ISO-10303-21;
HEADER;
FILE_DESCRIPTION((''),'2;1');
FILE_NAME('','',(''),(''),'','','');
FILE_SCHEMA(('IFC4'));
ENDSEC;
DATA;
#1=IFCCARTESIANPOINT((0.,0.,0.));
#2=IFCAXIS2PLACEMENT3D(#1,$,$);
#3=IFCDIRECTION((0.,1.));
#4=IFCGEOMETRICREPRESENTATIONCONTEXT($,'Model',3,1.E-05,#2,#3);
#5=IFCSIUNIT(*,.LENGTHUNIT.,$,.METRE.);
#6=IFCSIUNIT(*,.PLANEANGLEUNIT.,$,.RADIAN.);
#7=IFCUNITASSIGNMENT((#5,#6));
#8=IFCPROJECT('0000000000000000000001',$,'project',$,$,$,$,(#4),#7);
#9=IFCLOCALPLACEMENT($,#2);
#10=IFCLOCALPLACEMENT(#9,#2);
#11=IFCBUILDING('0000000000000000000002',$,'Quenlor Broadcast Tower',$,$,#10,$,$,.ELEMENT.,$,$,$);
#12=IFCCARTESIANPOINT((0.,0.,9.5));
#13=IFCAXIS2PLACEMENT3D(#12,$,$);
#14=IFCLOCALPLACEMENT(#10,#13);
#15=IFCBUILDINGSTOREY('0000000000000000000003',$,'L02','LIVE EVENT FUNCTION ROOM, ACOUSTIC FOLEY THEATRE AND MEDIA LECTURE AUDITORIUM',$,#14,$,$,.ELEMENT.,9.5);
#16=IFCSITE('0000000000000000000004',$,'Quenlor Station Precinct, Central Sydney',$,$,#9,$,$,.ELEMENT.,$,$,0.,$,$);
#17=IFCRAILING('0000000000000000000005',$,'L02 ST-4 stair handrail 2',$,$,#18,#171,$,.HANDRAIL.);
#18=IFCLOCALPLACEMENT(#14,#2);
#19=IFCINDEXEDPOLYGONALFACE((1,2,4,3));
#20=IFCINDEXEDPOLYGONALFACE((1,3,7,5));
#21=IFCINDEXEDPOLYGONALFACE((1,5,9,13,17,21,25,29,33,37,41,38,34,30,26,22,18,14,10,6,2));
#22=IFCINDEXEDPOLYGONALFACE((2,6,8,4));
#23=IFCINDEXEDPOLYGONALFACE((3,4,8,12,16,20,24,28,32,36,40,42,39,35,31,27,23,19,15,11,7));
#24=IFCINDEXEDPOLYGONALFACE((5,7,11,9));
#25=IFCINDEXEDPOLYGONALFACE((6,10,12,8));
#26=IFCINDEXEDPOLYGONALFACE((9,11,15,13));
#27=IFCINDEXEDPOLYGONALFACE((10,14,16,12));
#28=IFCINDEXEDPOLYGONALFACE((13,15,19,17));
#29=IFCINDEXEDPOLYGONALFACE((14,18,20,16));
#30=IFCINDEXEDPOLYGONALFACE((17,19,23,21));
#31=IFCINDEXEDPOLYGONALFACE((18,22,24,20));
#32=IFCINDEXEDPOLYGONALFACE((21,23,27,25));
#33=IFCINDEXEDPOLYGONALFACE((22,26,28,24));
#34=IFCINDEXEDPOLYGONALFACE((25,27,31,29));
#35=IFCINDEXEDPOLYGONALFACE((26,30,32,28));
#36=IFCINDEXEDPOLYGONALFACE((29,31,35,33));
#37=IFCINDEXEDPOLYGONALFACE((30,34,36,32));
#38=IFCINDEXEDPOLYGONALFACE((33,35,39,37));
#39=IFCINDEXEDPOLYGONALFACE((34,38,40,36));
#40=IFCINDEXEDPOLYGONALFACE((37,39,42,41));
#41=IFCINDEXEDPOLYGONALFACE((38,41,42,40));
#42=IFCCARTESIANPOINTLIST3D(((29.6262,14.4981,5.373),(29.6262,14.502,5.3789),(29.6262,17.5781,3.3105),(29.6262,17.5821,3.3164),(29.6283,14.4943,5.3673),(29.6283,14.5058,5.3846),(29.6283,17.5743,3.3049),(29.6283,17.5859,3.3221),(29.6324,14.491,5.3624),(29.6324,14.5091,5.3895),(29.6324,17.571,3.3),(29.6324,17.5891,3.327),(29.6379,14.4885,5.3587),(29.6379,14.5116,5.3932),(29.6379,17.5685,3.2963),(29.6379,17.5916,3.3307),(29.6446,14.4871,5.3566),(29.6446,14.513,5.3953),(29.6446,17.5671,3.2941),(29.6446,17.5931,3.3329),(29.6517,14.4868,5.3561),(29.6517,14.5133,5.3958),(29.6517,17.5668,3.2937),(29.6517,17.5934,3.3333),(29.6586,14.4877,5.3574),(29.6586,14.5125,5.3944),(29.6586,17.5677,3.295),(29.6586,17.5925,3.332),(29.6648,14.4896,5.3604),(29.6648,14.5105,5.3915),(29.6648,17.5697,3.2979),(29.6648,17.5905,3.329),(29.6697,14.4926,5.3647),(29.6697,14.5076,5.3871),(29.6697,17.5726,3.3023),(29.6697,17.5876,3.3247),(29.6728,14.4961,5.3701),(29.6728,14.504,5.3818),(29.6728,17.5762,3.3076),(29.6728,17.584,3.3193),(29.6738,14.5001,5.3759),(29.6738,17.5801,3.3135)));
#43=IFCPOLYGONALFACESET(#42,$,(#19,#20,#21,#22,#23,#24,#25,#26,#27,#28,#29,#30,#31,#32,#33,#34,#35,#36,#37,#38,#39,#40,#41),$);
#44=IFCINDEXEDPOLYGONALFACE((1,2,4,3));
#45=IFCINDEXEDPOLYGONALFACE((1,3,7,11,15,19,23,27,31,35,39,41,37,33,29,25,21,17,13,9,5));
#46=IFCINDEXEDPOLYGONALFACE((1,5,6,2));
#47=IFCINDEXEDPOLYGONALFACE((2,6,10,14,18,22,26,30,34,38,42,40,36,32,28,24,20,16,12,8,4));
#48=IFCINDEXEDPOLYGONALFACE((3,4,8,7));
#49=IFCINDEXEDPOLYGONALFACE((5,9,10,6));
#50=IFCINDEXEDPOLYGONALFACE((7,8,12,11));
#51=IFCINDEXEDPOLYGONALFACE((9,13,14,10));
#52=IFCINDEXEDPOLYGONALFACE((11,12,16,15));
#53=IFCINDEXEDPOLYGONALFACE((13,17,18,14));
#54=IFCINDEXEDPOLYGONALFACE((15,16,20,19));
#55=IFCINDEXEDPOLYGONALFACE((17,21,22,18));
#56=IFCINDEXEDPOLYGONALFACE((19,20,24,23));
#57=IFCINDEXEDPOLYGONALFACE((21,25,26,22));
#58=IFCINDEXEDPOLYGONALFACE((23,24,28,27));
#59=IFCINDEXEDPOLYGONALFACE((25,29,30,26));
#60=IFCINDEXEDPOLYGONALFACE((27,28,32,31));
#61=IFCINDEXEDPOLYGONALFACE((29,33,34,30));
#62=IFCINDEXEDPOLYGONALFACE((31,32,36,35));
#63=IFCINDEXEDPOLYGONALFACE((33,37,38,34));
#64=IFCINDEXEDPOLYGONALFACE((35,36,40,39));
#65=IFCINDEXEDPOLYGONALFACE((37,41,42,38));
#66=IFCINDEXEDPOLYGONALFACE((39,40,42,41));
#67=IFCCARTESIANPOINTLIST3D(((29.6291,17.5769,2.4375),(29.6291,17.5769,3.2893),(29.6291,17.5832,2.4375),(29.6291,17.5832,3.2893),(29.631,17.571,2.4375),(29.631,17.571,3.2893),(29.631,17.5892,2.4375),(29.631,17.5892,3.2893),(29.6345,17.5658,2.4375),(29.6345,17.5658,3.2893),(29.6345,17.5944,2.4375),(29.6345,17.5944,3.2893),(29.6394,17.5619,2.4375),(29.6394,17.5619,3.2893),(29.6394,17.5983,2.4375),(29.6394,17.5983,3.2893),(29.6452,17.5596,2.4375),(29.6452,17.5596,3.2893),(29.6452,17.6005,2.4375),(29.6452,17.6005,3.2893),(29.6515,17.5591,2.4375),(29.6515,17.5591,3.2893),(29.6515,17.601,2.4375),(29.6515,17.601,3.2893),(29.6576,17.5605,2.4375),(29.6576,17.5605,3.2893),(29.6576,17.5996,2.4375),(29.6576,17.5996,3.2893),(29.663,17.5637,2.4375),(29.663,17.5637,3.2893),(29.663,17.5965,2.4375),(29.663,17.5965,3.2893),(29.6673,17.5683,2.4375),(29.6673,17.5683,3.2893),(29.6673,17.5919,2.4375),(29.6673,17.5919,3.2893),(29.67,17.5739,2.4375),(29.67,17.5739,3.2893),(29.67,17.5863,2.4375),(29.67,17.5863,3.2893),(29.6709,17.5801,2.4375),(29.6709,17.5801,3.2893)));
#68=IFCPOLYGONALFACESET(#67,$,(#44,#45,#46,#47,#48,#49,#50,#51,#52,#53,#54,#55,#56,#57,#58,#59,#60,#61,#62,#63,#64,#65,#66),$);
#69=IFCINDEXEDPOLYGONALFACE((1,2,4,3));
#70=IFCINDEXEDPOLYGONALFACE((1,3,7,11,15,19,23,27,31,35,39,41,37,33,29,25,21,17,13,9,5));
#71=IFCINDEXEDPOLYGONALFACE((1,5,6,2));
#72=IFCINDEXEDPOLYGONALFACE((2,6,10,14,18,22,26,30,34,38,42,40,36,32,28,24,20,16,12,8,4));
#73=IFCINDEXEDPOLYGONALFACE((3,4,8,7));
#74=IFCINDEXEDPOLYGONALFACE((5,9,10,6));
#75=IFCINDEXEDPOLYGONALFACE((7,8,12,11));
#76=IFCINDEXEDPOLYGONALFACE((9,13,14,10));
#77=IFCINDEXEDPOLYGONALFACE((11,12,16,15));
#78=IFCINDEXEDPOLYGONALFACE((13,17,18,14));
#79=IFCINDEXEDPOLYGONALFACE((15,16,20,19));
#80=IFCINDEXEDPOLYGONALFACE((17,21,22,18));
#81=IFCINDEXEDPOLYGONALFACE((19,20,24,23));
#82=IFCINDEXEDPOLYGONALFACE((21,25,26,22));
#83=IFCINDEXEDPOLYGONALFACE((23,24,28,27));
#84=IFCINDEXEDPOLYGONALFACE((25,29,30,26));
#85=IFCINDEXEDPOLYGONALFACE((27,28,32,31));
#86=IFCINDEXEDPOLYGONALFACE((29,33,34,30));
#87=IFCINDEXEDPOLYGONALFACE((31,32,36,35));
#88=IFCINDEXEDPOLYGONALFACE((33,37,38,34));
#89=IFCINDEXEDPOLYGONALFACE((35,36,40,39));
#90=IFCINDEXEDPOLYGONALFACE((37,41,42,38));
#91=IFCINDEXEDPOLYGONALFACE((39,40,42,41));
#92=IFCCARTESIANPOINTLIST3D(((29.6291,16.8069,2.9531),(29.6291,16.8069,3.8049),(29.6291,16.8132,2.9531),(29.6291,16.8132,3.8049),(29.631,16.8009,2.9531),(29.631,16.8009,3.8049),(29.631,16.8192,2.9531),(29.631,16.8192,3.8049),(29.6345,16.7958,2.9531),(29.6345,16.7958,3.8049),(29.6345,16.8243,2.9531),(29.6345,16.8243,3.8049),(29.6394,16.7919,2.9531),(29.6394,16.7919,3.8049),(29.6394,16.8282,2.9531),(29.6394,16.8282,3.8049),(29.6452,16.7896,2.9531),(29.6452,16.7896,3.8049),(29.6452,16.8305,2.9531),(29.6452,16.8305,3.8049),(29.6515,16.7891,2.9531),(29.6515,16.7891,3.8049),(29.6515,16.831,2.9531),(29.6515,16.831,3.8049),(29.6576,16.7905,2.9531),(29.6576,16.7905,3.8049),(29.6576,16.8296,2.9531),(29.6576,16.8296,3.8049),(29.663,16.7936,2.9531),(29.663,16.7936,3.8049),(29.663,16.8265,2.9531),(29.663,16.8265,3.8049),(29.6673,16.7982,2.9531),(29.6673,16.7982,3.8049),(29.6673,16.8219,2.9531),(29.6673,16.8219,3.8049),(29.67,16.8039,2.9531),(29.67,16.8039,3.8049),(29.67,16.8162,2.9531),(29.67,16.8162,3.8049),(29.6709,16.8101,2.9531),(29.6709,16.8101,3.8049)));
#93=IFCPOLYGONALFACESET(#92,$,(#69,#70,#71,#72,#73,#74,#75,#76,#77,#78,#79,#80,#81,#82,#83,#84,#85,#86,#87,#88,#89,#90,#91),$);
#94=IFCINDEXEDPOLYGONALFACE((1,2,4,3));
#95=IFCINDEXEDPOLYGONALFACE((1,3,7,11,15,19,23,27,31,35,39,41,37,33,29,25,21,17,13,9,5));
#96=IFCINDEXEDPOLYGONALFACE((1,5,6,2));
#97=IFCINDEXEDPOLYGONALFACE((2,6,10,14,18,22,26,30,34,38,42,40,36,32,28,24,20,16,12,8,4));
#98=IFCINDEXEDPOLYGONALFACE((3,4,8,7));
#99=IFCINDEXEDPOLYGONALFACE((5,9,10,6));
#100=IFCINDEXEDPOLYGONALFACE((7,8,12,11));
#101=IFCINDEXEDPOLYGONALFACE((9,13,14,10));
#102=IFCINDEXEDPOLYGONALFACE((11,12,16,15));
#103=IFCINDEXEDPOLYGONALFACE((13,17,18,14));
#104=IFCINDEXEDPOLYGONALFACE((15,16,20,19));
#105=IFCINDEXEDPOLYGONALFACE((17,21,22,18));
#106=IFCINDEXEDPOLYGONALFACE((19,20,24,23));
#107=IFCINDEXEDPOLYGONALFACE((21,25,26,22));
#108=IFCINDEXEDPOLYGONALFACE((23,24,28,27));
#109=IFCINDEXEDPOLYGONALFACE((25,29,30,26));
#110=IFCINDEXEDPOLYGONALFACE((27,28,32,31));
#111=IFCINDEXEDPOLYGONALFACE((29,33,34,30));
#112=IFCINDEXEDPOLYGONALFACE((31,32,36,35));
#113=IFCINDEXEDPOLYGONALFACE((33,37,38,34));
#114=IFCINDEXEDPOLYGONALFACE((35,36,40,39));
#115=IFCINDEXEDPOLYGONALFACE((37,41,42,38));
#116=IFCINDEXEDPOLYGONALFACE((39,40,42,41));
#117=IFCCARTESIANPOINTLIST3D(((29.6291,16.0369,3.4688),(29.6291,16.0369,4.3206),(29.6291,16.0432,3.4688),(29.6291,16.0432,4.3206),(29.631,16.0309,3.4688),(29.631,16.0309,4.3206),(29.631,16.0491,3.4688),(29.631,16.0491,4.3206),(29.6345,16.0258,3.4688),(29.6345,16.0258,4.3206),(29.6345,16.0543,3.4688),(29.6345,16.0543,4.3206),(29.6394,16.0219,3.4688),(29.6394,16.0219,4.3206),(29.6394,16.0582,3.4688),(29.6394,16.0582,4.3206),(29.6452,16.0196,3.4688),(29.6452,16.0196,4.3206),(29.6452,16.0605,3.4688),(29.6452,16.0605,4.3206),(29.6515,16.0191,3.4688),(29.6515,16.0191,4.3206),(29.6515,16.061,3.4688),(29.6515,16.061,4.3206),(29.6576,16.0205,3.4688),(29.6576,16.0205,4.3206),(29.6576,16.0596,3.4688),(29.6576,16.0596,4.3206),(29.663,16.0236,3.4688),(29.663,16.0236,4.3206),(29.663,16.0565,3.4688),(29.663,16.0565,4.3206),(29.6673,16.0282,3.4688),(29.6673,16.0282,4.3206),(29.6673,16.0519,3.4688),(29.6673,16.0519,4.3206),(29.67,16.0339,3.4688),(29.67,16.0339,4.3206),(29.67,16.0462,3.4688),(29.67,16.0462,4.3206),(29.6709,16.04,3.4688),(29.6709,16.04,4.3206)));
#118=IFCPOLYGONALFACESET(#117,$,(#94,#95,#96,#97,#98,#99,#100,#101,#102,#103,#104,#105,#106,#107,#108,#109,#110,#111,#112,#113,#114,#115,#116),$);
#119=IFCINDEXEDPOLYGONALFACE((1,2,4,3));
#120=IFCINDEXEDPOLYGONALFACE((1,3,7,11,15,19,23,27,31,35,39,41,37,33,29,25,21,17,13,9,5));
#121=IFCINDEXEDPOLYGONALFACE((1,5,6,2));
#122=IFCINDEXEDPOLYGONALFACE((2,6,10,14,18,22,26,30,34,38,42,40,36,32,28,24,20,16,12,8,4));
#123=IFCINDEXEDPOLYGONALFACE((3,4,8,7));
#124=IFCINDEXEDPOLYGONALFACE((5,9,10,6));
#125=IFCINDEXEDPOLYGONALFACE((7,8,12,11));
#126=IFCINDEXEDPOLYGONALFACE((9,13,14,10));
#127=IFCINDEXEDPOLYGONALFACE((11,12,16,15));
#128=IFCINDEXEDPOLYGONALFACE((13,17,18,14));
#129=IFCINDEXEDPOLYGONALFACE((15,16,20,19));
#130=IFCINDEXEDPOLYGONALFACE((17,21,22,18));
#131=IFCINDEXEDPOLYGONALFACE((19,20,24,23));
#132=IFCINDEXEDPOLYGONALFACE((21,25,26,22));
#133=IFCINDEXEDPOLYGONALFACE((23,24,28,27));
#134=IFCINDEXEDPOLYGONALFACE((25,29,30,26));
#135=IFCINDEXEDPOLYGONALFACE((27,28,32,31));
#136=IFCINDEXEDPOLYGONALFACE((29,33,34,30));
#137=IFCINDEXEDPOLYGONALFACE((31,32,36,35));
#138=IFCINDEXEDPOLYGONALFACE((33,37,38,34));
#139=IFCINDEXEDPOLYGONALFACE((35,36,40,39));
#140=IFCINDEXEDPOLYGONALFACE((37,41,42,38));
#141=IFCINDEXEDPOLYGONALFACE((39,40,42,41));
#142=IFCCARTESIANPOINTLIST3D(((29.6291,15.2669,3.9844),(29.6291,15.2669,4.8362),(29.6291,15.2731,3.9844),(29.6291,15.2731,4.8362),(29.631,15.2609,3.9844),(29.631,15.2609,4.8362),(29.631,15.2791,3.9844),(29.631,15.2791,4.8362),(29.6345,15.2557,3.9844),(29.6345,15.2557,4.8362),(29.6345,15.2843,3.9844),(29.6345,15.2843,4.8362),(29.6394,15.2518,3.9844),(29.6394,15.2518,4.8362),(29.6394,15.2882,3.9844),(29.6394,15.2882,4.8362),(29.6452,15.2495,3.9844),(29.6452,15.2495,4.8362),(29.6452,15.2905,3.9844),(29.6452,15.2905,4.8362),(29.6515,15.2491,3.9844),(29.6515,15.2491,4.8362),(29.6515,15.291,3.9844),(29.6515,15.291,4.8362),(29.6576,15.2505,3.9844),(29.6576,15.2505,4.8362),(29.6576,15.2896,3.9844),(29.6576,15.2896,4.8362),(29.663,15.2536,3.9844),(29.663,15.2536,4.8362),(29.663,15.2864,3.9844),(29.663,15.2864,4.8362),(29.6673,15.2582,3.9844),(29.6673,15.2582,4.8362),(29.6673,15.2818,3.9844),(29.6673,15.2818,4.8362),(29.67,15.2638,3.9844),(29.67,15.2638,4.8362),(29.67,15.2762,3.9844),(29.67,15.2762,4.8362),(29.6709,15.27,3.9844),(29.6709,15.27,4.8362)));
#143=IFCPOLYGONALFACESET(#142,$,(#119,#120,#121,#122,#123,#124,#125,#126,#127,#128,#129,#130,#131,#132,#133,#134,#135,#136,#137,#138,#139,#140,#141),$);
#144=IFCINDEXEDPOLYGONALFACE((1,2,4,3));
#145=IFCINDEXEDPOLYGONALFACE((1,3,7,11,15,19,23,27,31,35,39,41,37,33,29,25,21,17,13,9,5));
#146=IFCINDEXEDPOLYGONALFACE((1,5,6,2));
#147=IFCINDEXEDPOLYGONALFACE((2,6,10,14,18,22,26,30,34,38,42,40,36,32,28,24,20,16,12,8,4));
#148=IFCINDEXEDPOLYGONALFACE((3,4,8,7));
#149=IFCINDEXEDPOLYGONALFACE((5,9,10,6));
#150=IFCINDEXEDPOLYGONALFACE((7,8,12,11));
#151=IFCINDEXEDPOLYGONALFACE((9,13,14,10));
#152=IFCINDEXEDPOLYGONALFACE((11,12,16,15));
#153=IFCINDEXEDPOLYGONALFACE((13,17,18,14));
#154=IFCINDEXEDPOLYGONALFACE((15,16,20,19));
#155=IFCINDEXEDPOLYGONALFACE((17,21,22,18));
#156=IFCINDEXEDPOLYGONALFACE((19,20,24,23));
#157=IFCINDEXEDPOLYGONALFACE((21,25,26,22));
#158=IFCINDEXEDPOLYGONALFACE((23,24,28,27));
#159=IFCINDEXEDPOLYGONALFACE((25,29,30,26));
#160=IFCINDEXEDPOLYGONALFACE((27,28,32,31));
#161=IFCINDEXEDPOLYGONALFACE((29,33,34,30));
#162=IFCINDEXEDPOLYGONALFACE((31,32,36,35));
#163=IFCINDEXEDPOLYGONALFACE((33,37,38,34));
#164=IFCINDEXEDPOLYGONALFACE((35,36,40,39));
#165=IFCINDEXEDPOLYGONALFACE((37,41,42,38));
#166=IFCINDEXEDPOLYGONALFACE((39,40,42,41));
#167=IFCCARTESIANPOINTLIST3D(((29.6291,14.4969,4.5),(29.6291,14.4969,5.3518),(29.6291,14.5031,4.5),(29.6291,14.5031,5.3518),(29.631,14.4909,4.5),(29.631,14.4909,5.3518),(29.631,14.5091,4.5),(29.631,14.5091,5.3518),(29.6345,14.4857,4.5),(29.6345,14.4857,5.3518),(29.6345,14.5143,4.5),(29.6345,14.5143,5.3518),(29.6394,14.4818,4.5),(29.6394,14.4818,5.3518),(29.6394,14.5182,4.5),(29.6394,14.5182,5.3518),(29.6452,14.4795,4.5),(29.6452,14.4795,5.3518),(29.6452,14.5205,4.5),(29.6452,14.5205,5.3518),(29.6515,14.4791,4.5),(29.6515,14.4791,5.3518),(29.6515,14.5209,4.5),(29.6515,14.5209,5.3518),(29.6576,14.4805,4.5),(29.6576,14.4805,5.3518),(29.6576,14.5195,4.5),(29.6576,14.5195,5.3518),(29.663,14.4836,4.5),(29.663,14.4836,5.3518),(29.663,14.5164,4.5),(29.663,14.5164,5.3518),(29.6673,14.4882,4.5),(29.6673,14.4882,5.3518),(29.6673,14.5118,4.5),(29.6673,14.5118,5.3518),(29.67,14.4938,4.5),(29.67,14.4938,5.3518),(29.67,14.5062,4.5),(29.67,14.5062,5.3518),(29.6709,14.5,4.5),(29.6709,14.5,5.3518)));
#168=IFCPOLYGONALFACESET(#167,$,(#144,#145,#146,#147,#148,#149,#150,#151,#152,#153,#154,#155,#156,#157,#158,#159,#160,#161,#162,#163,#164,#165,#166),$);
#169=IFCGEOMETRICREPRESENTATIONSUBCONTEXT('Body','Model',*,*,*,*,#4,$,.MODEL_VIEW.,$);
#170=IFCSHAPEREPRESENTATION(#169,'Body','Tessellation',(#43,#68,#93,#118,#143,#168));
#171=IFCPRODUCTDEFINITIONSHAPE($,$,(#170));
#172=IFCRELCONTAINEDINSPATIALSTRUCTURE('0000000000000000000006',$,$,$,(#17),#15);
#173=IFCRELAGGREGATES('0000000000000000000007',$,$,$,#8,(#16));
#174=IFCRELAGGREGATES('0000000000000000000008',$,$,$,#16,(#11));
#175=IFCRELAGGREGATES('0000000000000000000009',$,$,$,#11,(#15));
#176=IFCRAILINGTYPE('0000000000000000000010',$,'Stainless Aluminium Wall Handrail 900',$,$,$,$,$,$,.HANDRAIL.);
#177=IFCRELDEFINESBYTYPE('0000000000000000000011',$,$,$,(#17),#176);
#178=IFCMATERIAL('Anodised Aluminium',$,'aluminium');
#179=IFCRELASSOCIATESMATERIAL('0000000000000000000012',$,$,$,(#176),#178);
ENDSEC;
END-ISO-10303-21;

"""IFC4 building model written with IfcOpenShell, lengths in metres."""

from ifc_helpers import new_model, si_unit, direction, frame, origin, origin_2d, place, context, subcontext, project, spatial, circle, extrude, material, type_object, element, save


model = new_model("IFC4")

# Units and contexts
model_context = context("Model", 3, precision=1e-05, world=origin(), true_north=direction((0.0, 1.0)))
body_context = subcontext(model_context, "Body", "Model", "MODEL_VIEW")
ifc_project = project(units=[si_unit("LENGTHUNIT", "METRE"), si_unit("PLANEANGLEUNIT", "RADIAN")], contexts=[model_context])

# Site, building, storey
site_placement = place(None, origin())
site = spatial("IfcSite", under=ifc_project, at=site_placement, Name="Quenlor Station Precinct, Central Sydney", CompositionType="ELEMENT", RefElevation=0.0)
building_placement = place(site_placement, origin())
building = spatial("IfcBuilding", under=site, at=building_placement, Name="Quenlor Broadcast Tower", CompositionType="ELEMENT")
storey_placement = place(building_placement, frame((0.0, 0.0, 9.5)))
storey = spatial("IfcBuildingStorey", under=building, at=storey_placement, Name="L02", Description="LIVE EVENT FUNCTION ROOM, ACOUSTIC FOLEY THEATRE AND MEDIA LECTURE AUDITORIUM", CompositionType="ELEMENT", Elevation=9.5)

# Railing
ifc_material_1 = material(Name="Anodised Aluminium", Category="aluminium")
railing_type_1 = type_object("IfcRailingType", Name="Stainless Aluminium Wall Handrail 900", PredefinedType="HANDRAIL", material=ifc_material_1)
railing_1_placement = place(storey_placement, frame((29.6499, 17.5801, 2.4375)))
element("IfcRailing", 1, at=railing_1_placement, inside=storey, type_object=railing_type_1, Name="L02 ST-4 stair handrail 2", PredefinedType="HANDRAIL", context=body_context, shape_type="SweptSolid", body=[
    extrude(circle(Radius=0.0239, at=origin_2d()), frame((0.0, 0.0, 0.876), z_axis=(0.0, -0.830914, 0.556401), x_axis=(1.0, 0.0, 0.0)), (0.0, 0.0, 1.0), 3.7068),
    extrude(circle(Radius=0.021, at=origin_2d()), origin(), (0.0, 0.0, 1.0), 0.8518),
    extrude(circle(Radius=0.021, at=origin_2d()), frame((0.0, -0.77, 0.5156)), (0.0, 0.0, 1.0), 0.8518),
    extrude(circle(Radius=0.021, at=origin_2d()), frame((0.0, -1.54, 1.0312)), (0.0, 0.0, 1.0), 0.8518),
    extrude(circle(Radius=0.021, at=origin_2d()), frame((0.0, -2.3101, 1.5469)), (0.0, 0.0, 1.0), 0.8518),
    extrude(circle(Radius=0.021, at=origin_2d()), frame((0.0, -3.0801, 2.0625)), (0.0, 0.0, 1.0), 0.8518),
])

save(model, "model.ifc")
